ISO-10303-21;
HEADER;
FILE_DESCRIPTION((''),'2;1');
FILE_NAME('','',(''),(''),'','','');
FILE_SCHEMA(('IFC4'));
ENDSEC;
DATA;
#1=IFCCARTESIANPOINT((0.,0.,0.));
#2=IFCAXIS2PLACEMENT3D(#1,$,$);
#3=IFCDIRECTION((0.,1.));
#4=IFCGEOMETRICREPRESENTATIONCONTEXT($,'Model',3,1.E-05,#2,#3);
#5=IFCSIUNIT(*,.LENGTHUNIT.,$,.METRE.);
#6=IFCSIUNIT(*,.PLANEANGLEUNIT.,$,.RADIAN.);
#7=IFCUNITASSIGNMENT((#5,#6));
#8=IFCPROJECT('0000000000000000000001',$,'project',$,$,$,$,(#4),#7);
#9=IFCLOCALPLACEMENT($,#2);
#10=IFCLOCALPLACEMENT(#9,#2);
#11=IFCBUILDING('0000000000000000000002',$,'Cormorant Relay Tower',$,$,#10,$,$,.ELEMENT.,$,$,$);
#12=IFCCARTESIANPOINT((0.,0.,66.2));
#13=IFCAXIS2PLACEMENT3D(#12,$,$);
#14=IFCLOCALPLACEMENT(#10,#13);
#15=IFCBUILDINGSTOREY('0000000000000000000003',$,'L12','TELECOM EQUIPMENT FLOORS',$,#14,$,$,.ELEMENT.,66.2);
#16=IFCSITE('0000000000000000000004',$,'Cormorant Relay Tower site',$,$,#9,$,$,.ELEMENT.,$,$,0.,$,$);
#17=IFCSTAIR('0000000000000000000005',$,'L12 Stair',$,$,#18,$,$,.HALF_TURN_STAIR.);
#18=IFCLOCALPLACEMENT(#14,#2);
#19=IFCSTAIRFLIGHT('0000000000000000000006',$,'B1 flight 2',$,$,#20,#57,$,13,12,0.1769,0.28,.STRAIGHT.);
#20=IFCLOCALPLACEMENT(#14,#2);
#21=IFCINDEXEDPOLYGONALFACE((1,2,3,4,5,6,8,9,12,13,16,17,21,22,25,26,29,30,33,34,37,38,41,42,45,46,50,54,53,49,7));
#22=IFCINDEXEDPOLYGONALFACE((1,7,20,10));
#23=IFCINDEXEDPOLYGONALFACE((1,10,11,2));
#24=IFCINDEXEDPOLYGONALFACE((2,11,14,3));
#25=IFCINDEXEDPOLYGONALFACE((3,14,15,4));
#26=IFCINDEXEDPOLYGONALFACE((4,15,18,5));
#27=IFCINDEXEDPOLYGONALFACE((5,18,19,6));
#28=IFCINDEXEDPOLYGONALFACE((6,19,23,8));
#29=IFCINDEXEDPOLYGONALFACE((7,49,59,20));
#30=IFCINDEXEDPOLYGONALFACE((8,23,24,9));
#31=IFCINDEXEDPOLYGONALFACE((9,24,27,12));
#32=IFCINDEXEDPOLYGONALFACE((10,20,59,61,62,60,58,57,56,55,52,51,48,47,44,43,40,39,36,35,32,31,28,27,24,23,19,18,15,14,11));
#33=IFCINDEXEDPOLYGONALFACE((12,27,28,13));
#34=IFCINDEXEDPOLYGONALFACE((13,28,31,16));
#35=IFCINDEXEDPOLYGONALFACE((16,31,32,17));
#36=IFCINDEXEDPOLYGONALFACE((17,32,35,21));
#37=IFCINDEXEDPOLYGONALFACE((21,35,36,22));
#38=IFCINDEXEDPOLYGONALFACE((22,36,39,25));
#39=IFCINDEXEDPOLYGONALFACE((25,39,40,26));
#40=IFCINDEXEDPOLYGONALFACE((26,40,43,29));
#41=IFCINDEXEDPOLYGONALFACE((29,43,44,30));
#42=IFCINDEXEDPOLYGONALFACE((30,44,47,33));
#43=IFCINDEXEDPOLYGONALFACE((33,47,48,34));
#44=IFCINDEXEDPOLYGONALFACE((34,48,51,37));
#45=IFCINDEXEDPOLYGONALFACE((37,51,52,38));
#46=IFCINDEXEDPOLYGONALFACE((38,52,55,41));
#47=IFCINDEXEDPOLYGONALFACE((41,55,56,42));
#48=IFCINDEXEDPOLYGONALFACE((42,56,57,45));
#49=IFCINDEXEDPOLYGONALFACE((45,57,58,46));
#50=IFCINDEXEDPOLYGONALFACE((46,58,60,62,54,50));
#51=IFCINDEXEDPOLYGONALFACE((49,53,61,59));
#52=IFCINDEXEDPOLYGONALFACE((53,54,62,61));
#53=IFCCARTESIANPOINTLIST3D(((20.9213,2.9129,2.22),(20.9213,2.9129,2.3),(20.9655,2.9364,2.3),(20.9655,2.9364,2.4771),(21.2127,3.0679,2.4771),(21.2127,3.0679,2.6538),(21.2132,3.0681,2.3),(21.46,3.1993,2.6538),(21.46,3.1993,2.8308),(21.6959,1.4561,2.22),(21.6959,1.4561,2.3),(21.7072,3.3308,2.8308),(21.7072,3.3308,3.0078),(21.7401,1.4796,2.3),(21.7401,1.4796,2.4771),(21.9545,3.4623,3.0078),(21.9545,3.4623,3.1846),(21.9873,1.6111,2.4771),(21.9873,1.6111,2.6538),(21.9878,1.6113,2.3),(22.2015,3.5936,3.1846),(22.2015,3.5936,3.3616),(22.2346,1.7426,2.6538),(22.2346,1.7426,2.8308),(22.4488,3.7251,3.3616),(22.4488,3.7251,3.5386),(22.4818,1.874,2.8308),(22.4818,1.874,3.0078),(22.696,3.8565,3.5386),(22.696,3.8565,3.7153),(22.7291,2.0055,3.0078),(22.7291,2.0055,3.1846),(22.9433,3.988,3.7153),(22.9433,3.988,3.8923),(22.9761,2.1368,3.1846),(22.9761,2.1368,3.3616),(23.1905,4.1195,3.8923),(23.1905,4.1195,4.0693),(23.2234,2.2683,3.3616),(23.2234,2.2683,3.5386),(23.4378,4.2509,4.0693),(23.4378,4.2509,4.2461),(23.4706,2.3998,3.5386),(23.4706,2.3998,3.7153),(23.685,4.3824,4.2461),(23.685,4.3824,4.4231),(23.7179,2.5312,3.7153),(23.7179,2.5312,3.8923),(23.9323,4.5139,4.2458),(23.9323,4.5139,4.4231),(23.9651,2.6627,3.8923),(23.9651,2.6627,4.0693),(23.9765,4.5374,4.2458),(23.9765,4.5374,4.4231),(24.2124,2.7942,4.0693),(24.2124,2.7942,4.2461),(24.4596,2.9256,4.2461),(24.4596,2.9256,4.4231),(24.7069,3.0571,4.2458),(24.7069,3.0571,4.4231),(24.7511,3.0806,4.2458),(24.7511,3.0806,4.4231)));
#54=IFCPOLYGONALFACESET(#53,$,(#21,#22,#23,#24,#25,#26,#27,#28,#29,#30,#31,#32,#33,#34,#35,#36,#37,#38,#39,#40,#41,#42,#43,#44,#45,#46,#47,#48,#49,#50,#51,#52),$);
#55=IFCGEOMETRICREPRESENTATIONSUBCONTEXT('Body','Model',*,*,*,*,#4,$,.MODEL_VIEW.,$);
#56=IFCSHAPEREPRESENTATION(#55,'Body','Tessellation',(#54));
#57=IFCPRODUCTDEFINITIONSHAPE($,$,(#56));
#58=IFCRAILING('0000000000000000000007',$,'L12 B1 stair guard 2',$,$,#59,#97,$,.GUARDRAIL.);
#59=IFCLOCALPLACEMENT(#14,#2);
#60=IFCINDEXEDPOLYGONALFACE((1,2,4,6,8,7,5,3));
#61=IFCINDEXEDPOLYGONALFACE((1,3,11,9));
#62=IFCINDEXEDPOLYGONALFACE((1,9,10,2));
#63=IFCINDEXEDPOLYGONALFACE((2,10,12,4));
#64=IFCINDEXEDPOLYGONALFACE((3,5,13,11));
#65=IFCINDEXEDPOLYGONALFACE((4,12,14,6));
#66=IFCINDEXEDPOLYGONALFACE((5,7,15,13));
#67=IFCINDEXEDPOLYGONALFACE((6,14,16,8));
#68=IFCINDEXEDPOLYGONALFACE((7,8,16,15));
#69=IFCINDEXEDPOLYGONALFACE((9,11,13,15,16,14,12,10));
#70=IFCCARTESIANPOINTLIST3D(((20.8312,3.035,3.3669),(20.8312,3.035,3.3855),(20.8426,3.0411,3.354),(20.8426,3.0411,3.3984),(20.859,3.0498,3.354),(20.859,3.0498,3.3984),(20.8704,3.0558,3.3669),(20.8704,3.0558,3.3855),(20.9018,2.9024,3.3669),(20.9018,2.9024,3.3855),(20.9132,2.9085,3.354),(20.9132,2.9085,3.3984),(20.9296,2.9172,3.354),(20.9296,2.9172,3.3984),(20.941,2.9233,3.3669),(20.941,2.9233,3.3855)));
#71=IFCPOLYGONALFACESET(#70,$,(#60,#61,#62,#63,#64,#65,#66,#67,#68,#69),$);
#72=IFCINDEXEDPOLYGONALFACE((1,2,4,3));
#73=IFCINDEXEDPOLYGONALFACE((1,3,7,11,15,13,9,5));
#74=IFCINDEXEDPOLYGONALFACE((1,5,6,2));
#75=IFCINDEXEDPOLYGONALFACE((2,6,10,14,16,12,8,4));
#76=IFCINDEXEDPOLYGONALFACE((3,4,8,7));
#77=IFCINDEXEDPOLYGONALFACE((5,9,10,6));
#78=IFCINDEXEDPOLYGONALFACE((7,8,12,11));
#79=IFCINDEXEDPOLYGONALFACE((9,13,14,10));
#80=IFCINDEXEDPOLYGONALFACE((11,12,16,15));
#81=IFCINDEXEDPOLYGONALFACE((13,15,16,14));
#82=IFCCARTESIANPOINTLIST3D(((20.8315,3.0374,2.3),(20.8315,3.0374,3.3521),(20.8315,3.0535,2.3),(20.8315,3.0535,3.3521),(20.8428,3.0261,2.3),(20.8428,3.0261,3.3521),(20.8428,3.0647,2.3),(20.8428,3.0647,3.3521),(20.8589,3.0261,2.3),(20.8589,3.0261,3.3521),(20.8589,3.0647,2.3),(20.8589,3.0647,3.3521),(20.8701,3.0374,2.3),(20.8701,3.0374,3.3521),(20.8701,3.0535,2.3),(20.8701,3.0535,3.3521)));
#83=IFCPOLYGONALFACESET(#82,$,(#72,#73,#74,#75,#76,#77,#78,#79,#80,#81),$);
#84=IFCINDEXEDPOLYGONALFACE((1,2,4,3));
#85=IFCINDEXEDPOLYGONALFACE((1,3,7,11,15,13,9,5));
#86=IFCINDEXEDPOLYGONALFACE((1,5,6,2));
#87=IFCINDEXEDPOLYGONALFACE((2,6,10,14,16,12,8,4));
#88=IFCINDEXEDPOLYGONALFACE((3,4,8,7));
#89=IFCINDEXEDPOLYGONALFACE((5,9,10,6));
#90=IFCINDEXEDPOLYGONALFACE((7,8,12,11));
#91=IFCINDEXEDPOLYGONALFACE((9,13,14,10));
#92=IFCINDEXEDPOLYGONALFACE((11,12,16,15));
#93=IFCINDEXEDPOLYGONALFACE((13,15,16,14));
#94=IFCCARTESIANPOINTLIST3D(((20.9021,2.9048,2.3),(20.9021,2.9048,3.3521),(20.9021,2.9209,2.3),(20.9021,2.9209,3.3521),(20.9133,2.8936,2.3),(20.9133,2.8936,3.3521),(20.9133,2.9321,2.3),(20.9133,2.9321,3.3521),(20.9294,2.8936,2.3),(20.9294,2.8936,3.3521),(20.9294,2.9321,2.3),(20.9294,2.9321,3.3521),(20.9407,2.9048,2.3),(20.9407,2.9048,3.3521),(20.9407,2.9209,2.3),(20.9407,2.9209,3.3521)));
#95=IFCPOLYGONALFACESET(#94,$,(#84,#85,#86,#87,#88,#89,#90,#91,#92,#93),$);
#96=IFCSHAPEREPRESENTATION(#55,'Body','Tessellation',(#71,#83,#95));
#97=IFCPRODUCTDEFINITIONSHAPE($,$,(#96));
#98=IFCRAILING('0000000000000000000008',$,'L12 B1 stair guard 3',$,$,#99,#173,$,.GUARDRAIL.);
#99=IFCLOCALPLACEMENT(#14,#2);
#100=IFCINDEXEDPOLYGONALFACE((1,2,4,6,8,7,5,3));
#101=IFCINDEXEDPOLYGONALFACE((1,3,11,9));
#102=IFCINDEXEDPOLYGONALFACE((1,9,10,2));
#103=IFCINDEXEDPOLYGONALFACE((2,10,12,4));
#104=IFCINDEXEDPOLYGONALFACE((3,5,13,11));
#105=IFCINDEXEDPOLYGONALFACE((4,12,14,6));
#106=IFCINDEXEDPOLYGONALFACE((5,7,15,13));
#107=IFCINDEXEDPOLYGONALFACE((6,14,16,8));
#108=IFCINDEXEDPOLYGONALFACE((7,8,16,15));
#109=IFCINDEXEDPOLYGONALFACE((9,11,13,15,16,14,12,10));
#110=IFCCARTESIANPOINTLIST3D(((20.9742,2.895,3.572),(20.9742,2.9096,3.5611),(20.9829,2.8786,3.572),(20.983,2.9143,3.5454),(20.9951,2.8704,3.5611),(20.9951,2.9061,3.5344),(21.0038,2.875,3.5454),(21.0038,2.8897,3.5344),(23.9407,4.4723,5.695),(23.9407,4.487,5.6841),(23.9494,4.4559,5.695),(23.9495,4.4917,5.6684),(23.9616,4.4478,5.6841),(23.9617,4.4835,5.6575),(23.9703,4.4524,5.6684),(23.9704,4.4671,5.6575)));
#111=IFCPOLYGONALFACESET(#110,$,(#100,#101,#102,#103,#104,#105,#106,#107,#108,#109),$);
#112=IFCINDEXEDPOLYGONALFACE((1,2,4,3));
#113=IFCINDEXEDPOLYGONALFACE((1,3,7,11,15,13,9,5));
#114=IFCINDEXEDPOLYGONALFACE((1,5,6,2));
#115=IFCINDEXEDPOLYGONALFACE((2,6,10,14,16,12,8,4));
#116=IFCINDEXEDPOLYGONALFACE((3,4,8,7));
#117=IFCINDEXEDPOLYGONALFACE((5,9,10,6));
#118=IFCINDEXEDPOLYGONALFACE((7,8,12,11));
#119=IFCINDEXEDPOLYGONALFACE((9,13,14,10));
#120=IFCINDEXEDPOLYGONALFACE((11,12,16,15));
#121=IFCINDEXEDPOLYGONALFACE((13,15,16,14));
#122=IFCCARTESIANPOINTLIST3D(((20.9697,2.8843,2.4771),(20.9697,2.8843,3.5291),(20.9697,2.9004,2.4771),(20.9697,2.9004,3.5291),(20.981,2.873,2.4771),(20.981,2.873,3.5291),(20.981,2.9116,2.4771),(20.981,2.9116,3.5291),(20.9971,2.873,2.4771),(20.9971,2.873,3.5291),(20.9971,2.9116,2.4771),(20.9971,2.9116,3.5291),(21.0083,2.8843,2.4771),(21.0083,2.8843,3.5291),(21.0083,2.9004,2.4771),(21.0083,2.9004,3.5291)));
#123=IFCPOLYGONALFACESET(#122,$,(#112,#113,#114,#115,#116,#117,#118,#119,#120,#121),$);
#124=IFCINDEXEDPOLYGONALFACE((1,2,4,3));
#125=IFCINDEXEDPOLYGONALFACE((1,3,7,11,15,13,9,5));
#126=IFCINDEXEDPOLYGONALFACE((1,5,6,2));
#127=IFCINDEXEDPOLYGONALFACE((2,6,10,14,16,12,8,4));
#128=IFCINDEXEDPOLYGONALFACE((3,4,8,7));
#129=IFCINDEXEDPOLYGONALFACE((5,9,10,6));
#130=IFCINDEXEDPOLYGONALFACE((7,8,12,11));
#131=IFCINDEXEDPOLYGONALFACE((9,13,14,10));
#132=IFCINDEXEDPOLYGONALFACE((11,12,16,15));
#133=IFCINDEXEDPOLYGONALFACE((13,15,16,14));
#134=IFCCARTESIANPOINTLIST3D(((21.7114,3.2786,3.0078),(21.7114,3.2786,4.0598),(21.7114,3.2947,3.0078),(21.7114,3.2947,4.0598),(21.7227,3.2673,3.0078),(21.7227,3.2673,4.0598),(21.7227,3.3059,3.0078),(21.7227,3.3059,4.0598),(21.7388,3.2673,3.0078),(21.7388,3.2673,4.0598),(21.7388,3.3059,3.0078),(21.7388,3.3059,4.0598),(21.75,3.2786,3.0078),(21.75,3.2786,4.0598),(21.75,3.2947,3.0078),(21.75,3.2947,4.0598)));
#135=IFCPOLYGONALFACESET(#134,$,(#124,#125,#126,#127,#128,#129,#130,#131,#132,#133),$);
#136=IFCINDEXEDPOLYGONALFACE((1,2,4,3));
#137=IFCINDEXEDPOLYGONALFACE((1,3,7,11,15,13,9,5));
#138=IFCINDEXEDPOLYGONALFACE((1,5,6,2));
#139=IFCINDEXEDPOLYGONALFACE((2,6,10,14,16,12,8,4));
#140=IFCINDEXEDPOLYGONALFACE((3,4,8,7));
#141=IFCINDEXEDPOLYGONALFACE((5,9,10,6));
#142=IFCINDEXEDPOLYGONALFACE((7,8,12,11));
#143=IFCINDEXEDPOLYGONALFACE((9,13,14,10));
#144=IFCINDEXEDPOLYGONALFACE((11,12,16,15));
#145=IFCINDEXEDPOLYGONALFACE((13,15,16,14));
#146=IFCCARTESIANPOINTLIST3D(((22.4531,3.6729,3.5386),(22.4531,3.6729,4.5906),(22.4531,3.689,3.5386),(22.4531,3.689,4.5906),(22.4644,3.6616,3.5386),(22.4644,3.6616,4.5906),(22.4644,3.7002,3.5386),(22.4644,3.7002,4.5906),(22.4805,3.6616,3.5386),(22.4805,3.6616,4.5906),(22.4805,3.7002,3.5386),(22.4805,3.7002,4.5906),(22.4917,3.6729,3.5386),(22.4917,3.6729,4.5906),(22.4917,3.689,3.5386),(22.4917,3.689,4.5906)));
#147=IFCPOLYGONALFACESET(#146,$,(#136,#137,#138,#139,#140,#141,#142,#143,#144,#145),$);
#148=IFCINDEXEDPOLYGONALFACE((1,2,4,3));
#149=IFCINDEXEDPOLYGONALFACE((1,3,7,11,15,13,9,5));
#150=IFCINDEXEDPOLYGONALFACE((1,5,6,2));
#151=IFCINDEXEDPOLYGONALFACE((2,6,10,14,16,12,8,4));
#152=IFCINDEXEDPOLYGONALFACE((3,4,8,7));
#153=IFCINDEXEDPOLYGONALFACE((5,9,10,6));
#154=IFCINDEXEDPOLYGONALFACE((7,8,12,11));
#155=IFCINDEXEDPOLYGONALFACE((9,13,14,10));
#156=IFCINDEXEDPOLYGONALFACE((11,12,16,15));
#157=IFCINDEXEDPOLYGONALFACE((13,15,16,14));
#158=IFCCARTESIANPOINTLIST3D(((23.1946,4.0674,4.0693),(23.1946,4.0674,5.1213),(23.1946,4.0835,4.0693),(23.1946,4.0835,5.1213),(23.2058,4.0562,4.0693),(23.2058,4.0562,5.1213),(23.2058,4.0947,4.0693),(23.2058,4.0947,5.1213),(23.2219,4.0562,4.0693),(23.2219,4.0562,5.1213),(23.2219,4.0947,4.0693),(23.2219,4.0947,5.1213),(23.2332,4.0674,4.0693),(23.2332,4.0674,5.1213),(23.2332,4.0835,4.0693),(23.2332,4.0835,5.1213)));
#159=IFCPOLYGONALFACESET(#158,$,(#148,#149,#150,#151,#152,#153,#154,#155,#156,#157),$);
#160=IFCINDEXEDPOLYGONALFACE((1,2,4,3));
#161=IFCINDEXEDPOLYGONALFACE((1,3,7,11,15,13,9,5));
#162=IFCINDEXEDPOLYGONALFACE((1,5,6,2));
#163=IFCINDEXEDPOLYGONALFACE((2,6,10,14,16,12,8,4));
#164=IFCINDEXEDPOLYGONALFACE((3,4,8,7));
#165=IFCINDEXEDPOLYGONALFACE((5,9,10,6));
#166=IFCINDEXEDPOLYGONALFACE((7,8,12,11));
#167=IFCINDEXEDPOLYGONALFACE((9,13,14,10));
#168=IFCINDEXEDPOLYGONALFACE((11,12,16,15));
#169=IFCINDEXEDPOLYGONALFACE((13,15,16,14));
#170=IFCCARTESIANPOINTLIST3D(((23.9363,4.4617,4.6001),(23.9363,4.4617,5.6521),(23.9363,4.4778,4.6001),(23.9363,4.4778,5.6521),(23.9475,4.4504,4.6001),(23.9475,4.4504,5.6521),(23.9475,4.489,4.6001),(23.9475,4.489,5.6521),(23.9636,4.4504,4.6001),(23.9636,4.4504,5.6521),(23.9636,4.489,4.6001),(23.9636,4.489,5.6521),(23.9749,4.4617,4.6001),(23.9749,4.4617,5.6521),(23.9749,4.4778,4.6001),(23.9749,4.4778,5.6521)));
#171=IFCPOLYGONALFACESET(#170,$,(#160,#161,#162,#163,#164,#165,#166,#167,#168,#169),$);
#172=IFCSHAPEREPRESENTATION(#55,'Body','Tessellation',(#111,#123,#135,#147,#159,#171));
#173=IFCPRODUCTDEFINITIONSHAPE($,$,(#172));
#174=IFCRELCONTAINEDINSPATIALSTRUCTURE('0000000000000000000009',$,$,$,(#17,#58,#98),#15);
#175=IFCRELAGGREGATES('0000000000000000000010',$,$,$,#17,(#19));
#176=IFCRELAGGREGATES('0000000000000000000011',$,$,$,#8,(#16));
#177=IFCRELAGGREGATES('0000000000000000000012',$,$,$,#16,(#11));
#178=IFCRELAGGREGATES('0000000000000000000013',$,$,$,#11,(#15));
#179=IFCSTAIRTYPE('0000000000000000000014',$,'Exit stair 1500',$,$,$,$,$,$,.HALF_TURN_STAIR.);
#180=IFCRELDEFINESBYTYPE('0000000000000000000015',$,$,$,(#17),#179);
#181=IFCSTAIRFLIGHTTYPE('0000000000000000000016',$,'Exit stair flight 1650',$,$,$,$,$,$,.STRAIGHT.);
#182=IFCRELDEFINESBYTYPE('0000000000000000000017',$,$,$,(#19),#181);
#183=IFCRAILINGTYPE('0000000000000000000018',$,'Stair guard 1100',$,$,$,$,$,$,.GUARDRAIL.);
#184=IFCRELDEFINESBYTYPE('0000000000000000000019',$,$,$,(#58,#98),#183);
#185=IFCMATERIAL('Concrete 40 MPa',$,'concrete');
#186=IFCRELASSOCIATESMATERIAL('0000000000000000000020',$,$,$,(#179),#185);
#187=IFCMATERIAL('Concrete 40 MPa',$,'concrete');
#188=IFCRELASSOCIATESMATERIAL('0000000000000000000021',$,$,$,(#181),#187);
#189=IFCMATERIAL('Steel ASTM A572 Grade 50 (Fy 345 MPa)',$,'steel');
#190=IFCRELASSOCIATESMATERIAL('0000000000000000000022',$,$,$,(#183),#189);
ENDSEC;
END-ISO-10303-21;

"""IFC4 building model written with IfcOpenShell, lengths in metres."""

from ifc_helpers import new_model, si_unit, direction, frame, origin, place, context, subcontext, project, spatial, polyline, outline, extrude, material, type_object, element, aggregate, save


model = new_model("IFC4")

# Units and contexts
model_context = context("Model", 3, precision=1e-05, world=origin(), true_north=direction((0.0, 1.0)))
body_context = subcontext(model_context, "Body", "Model", "MODEL_VIEW")
ifc_project = project(units=[si_unit("LENGTHUNIT", "METRE"), si_unit("PLANEANGLEUNIT", "RADIAN")], contexts=[model_context])

# Site, building, storey
site_placement = place(None, origin())
site = spatial("IfcSite", under=ifc_project, at=site_placement, Name="Cormorant Relay Tower site", CompositionType="ELEMENT", RefElevation=0.0)
building_placement = place(site_placement, origin())
building = spatial("IfcBuilding", under=site, at=building_placement, Name="Cormorant Relay Tower", CompositionType="ELEMENT")
storey_placement = place(building_placement, frame((0.0, 0.0, 66.2)))
storey = spatial("IfcBuildingStorey", under=building, at=storey_placement, Name="L12", Description="TELECOM EQUIPMENT FLOORS", CompositionType="ELEMENT", Elevation=66.2)

# Shared definitions
ifc_material_1 = material(Name="Concrete 40 MPa", Category="concrete")
stair_type = type_object("IfcStairType", Name="Exit stair 1500", PredefinedType="HALF_TURN_STAIR", material=ifc_material_1)

# Stair, stair flight
stair_1_placement = place(storey_placement, origin())
stair_1 = element("IfcStair", 1, at=stair_1_placement, inside=storey, type_object=stair_type, Name="L12 Stair", PredefinedType="HALF_TURN_STAIR")
ifc_material_2 = material(Name="Concrete 40 MPa", Category="concrete")
stair_flight_type = type_object("IfcStairFlightType", Name="Exit stair flight 1650", PredefinedType="STRAIGHT", material=ifc_material_2)
stair_flight_placement = place(storey_placement, frame((21.3528, 2.208, 2.3), z_axis=(0.0, 0.0, 1.0), x_axis=(0.882948, 0.469472, 0.0)))
stair_flight = element("IfcStairFlight", 2, at=stair_flight_placement, type_object=stair_flight_type, Name="B1 flight 2", NumberOfRisers=13, NumberOfTreads=12, PredefinedType="STRAIGHT", RiserHeight=0.1769, TreadLength=0.28, context=body_context, shape_type="SweptSolid", body=[
    extrude(outline(polyline([(-0.05, -0.0801), (-0.05, 0.0), (0.0, 0.0), (0.0, 0.177), (0.28, 0.177), (0.28, 0.3538), (0.5601, 0.3538), (0.5601, 0.5308), (0.8401, 0.5308), (0.8401, 0.7078), (1.1201, 0.7078), (1.1201, 0.8845), (1.3999, 0.8845), (1.3999, 1.0615), (1.6799, 1.0615), (1.6799, 1.2385), (1.96, 1.2385), (1.96, 1.4153), (2.24, 1.4153), (2.24, 1.5923), (2.52, 1.5923), (2.52, 1.7693), (2.8, 1.7693), (2.8, 1.946), (3.0801, 1.946), (3.0801, 2.123), (3.3601, 2.123), (3.4102, 2.123), (3.4102, 1.9458), (3.3601, 1.9458), (0.2805, 0.0), (-0.05, -0.0801)])), frame((0.0, 0.825, 0.0), z_axis=(0.0, -1.0, 0.0), x_axis=(1.0, 0.0, 0.0)), (0.0, 0.0, 1.0), 1.6499),
])
aggregate(stair_1, [stair_flight])

# Railings
ifc_material_3 = material(Name="Steel ASTM A572 Grade 50 (Fy 345 MPa)", Category="steel")
railing_type_1 = type_object("IfcRailingType", Name="Stair guard 1100", PredefinedType="GUARDRAIL", material=ifc_material_3)
railing_1_placement = place(storey_placement, frame((20.8508, 3.0454, 2.3)))
element("IfcRailing", 3, at=railing_1_placement, inside=storey, type_object=railing_type_1, Name="L12 B1 stair guard 2", PredefinedType="GUARDRAIL", context=body_context, shape_type="SweptSolid", body=[
    extrude(outline(polyline([(0.0222, 0.0093), (0.0093, 0.0222), (-0.0093, 0.0222), (-0.0222, 0.0093), (-0.0222, -0.0093), (-0.0093, -0.0222), (0.0093, -0.0222), (0.0222, -0.0093), (0.0222, 0.0093)])), frame((0.0, 0.0, 1.0762), z_axis=(0.469829, -0.882758, 0.0), x_axis=(0.882758, 0.469829, 0.0)), (0.0, 0.0, 1.0), 0.1501),
    extrude(outline(polyline([(0.0193, 0.0081), (0.0081, 0.0193), (-0.0081, 0.0193), (-0.0193, 0.0081), (-0.0193, -0.0081), (-0.0081, -0.0193), (0.0081, -0.0193), (0.0193, -0.0081), (0.0193, 0.0081)])), origin(), (0.0, 0.0, 1.0), 1.052),
    extrude(outline(polyline([(0.0193, 0.0081), (0.0081, 0.0193), (-0.0081, 0.0193), (-0.0193, 0.0081), (-0.0193, -0.0081), (-0.0081, -0.0193), (0.0081, -0.0193), (0.0193, -0.0081), (0.0193, 0.0081)])), frame((0.0706, -0.1326, 0.0)), (0.0, 0.0, 1.0), 1.052),
])
railing_2_placement = place(storey_placement, frame((20.989, 2.8923, 2.4771)))
element("IfcRailing", 4, at=railing_2_placement, inside=storey, type_object=railing_type_1, Name="L12 B1 stair guard 3", PredefinedType="GUARDRAIL", context=body_context, shape_type="SweptSolid", body=[
    extrude(outline(polyline([(0.0222, 0.0093), (0.0093, 0.0222), (-0.0093, 0.0222), (-0.0222, 0.0093), (-0.0222, -0.0093), (-0.0093, -0.0222), (0.0093, -0.0222), (0.0222, -0.0093), (0.0222, 0.0093)])), frame((0.0, 0.0, 1.0762), z_axis=(0.746413, 0.396887, 0.534179), x_axis=(-0.469483, 0.882942, 0.0)), (0.0, 0.0, 1.0), 3.9744),
    extrude(outline(polyline([(0.0193, 0.0081), (0.0081, 0.0193), (-0.0081, 0.0193), (-0.0193, 0.0081), (-0.0193, -0.0081), (-0.0081, -0.0193), (0.0081, -0.0193), (0.0193, -0.0081), (0.0193, 0.0081)])), origin(), (0.0, 0.0, 1.0), 1.052),
    extrude(outline(polyline([(0.0193, 0.0081), (0.0081, 0.0193), (-0.0081, 0.0193), (-0.0193, 0.0081), (-0.0193, -0.0081), (-0.0081, -0.0193), (0.0081, -0.0193), (0.0193, -0.0081), (0.0193, 0.0081)])), frame((0.7417, 0.3943, 0.5308)), (0.0, 0.0, 1.0), 1.052),
    extrude(outline(polyline([(0.0193, 0.0081), (0.0081, 0.0193), (-0.0081, 0.0193), (-0.0193, 0.0081), (-0.0193, -0.0081), (-0.0081, -0.0193), (0.0081, -0.0193), (0.0193, -0.0081), (0.0193, 0.0081)])), frame((1.4834, 0.7886, 1.0615)), (0.0, 0.0, 1.0), 1.052),
    extrude(outline(polyline([(0.0193, 0.0081), (0.0081, 0.0193), (-0.0081, 0.0193), (-0.0193, 0.0081), (-0.0193, -0.0081), (-0.0081, -0.0193), (0.0081, -0.0193), (0.0193, -0.0081), (0.0193, 0.0081)])), frame((2.2249, 1.1831, 1.5923)), (0.0, 0.0, 1.0), 1.052),
    extrude(outline(polyline([(0.0193, 0.0081), (0.0081, 0.0193), (-0.0081, 0.0193), (-0.0193, 0.0081), (-0.0193, -0.0081), (-0.0081, -0.0193), (0.0081, -0.0193), (0.0193, -0.0081), (0.0193, 0.0081)])), frame((2.9666, 1.5774, 2.123)), (0.0, 0.0, 1.0), 1.052),
])

save(model, "model.ifc")
